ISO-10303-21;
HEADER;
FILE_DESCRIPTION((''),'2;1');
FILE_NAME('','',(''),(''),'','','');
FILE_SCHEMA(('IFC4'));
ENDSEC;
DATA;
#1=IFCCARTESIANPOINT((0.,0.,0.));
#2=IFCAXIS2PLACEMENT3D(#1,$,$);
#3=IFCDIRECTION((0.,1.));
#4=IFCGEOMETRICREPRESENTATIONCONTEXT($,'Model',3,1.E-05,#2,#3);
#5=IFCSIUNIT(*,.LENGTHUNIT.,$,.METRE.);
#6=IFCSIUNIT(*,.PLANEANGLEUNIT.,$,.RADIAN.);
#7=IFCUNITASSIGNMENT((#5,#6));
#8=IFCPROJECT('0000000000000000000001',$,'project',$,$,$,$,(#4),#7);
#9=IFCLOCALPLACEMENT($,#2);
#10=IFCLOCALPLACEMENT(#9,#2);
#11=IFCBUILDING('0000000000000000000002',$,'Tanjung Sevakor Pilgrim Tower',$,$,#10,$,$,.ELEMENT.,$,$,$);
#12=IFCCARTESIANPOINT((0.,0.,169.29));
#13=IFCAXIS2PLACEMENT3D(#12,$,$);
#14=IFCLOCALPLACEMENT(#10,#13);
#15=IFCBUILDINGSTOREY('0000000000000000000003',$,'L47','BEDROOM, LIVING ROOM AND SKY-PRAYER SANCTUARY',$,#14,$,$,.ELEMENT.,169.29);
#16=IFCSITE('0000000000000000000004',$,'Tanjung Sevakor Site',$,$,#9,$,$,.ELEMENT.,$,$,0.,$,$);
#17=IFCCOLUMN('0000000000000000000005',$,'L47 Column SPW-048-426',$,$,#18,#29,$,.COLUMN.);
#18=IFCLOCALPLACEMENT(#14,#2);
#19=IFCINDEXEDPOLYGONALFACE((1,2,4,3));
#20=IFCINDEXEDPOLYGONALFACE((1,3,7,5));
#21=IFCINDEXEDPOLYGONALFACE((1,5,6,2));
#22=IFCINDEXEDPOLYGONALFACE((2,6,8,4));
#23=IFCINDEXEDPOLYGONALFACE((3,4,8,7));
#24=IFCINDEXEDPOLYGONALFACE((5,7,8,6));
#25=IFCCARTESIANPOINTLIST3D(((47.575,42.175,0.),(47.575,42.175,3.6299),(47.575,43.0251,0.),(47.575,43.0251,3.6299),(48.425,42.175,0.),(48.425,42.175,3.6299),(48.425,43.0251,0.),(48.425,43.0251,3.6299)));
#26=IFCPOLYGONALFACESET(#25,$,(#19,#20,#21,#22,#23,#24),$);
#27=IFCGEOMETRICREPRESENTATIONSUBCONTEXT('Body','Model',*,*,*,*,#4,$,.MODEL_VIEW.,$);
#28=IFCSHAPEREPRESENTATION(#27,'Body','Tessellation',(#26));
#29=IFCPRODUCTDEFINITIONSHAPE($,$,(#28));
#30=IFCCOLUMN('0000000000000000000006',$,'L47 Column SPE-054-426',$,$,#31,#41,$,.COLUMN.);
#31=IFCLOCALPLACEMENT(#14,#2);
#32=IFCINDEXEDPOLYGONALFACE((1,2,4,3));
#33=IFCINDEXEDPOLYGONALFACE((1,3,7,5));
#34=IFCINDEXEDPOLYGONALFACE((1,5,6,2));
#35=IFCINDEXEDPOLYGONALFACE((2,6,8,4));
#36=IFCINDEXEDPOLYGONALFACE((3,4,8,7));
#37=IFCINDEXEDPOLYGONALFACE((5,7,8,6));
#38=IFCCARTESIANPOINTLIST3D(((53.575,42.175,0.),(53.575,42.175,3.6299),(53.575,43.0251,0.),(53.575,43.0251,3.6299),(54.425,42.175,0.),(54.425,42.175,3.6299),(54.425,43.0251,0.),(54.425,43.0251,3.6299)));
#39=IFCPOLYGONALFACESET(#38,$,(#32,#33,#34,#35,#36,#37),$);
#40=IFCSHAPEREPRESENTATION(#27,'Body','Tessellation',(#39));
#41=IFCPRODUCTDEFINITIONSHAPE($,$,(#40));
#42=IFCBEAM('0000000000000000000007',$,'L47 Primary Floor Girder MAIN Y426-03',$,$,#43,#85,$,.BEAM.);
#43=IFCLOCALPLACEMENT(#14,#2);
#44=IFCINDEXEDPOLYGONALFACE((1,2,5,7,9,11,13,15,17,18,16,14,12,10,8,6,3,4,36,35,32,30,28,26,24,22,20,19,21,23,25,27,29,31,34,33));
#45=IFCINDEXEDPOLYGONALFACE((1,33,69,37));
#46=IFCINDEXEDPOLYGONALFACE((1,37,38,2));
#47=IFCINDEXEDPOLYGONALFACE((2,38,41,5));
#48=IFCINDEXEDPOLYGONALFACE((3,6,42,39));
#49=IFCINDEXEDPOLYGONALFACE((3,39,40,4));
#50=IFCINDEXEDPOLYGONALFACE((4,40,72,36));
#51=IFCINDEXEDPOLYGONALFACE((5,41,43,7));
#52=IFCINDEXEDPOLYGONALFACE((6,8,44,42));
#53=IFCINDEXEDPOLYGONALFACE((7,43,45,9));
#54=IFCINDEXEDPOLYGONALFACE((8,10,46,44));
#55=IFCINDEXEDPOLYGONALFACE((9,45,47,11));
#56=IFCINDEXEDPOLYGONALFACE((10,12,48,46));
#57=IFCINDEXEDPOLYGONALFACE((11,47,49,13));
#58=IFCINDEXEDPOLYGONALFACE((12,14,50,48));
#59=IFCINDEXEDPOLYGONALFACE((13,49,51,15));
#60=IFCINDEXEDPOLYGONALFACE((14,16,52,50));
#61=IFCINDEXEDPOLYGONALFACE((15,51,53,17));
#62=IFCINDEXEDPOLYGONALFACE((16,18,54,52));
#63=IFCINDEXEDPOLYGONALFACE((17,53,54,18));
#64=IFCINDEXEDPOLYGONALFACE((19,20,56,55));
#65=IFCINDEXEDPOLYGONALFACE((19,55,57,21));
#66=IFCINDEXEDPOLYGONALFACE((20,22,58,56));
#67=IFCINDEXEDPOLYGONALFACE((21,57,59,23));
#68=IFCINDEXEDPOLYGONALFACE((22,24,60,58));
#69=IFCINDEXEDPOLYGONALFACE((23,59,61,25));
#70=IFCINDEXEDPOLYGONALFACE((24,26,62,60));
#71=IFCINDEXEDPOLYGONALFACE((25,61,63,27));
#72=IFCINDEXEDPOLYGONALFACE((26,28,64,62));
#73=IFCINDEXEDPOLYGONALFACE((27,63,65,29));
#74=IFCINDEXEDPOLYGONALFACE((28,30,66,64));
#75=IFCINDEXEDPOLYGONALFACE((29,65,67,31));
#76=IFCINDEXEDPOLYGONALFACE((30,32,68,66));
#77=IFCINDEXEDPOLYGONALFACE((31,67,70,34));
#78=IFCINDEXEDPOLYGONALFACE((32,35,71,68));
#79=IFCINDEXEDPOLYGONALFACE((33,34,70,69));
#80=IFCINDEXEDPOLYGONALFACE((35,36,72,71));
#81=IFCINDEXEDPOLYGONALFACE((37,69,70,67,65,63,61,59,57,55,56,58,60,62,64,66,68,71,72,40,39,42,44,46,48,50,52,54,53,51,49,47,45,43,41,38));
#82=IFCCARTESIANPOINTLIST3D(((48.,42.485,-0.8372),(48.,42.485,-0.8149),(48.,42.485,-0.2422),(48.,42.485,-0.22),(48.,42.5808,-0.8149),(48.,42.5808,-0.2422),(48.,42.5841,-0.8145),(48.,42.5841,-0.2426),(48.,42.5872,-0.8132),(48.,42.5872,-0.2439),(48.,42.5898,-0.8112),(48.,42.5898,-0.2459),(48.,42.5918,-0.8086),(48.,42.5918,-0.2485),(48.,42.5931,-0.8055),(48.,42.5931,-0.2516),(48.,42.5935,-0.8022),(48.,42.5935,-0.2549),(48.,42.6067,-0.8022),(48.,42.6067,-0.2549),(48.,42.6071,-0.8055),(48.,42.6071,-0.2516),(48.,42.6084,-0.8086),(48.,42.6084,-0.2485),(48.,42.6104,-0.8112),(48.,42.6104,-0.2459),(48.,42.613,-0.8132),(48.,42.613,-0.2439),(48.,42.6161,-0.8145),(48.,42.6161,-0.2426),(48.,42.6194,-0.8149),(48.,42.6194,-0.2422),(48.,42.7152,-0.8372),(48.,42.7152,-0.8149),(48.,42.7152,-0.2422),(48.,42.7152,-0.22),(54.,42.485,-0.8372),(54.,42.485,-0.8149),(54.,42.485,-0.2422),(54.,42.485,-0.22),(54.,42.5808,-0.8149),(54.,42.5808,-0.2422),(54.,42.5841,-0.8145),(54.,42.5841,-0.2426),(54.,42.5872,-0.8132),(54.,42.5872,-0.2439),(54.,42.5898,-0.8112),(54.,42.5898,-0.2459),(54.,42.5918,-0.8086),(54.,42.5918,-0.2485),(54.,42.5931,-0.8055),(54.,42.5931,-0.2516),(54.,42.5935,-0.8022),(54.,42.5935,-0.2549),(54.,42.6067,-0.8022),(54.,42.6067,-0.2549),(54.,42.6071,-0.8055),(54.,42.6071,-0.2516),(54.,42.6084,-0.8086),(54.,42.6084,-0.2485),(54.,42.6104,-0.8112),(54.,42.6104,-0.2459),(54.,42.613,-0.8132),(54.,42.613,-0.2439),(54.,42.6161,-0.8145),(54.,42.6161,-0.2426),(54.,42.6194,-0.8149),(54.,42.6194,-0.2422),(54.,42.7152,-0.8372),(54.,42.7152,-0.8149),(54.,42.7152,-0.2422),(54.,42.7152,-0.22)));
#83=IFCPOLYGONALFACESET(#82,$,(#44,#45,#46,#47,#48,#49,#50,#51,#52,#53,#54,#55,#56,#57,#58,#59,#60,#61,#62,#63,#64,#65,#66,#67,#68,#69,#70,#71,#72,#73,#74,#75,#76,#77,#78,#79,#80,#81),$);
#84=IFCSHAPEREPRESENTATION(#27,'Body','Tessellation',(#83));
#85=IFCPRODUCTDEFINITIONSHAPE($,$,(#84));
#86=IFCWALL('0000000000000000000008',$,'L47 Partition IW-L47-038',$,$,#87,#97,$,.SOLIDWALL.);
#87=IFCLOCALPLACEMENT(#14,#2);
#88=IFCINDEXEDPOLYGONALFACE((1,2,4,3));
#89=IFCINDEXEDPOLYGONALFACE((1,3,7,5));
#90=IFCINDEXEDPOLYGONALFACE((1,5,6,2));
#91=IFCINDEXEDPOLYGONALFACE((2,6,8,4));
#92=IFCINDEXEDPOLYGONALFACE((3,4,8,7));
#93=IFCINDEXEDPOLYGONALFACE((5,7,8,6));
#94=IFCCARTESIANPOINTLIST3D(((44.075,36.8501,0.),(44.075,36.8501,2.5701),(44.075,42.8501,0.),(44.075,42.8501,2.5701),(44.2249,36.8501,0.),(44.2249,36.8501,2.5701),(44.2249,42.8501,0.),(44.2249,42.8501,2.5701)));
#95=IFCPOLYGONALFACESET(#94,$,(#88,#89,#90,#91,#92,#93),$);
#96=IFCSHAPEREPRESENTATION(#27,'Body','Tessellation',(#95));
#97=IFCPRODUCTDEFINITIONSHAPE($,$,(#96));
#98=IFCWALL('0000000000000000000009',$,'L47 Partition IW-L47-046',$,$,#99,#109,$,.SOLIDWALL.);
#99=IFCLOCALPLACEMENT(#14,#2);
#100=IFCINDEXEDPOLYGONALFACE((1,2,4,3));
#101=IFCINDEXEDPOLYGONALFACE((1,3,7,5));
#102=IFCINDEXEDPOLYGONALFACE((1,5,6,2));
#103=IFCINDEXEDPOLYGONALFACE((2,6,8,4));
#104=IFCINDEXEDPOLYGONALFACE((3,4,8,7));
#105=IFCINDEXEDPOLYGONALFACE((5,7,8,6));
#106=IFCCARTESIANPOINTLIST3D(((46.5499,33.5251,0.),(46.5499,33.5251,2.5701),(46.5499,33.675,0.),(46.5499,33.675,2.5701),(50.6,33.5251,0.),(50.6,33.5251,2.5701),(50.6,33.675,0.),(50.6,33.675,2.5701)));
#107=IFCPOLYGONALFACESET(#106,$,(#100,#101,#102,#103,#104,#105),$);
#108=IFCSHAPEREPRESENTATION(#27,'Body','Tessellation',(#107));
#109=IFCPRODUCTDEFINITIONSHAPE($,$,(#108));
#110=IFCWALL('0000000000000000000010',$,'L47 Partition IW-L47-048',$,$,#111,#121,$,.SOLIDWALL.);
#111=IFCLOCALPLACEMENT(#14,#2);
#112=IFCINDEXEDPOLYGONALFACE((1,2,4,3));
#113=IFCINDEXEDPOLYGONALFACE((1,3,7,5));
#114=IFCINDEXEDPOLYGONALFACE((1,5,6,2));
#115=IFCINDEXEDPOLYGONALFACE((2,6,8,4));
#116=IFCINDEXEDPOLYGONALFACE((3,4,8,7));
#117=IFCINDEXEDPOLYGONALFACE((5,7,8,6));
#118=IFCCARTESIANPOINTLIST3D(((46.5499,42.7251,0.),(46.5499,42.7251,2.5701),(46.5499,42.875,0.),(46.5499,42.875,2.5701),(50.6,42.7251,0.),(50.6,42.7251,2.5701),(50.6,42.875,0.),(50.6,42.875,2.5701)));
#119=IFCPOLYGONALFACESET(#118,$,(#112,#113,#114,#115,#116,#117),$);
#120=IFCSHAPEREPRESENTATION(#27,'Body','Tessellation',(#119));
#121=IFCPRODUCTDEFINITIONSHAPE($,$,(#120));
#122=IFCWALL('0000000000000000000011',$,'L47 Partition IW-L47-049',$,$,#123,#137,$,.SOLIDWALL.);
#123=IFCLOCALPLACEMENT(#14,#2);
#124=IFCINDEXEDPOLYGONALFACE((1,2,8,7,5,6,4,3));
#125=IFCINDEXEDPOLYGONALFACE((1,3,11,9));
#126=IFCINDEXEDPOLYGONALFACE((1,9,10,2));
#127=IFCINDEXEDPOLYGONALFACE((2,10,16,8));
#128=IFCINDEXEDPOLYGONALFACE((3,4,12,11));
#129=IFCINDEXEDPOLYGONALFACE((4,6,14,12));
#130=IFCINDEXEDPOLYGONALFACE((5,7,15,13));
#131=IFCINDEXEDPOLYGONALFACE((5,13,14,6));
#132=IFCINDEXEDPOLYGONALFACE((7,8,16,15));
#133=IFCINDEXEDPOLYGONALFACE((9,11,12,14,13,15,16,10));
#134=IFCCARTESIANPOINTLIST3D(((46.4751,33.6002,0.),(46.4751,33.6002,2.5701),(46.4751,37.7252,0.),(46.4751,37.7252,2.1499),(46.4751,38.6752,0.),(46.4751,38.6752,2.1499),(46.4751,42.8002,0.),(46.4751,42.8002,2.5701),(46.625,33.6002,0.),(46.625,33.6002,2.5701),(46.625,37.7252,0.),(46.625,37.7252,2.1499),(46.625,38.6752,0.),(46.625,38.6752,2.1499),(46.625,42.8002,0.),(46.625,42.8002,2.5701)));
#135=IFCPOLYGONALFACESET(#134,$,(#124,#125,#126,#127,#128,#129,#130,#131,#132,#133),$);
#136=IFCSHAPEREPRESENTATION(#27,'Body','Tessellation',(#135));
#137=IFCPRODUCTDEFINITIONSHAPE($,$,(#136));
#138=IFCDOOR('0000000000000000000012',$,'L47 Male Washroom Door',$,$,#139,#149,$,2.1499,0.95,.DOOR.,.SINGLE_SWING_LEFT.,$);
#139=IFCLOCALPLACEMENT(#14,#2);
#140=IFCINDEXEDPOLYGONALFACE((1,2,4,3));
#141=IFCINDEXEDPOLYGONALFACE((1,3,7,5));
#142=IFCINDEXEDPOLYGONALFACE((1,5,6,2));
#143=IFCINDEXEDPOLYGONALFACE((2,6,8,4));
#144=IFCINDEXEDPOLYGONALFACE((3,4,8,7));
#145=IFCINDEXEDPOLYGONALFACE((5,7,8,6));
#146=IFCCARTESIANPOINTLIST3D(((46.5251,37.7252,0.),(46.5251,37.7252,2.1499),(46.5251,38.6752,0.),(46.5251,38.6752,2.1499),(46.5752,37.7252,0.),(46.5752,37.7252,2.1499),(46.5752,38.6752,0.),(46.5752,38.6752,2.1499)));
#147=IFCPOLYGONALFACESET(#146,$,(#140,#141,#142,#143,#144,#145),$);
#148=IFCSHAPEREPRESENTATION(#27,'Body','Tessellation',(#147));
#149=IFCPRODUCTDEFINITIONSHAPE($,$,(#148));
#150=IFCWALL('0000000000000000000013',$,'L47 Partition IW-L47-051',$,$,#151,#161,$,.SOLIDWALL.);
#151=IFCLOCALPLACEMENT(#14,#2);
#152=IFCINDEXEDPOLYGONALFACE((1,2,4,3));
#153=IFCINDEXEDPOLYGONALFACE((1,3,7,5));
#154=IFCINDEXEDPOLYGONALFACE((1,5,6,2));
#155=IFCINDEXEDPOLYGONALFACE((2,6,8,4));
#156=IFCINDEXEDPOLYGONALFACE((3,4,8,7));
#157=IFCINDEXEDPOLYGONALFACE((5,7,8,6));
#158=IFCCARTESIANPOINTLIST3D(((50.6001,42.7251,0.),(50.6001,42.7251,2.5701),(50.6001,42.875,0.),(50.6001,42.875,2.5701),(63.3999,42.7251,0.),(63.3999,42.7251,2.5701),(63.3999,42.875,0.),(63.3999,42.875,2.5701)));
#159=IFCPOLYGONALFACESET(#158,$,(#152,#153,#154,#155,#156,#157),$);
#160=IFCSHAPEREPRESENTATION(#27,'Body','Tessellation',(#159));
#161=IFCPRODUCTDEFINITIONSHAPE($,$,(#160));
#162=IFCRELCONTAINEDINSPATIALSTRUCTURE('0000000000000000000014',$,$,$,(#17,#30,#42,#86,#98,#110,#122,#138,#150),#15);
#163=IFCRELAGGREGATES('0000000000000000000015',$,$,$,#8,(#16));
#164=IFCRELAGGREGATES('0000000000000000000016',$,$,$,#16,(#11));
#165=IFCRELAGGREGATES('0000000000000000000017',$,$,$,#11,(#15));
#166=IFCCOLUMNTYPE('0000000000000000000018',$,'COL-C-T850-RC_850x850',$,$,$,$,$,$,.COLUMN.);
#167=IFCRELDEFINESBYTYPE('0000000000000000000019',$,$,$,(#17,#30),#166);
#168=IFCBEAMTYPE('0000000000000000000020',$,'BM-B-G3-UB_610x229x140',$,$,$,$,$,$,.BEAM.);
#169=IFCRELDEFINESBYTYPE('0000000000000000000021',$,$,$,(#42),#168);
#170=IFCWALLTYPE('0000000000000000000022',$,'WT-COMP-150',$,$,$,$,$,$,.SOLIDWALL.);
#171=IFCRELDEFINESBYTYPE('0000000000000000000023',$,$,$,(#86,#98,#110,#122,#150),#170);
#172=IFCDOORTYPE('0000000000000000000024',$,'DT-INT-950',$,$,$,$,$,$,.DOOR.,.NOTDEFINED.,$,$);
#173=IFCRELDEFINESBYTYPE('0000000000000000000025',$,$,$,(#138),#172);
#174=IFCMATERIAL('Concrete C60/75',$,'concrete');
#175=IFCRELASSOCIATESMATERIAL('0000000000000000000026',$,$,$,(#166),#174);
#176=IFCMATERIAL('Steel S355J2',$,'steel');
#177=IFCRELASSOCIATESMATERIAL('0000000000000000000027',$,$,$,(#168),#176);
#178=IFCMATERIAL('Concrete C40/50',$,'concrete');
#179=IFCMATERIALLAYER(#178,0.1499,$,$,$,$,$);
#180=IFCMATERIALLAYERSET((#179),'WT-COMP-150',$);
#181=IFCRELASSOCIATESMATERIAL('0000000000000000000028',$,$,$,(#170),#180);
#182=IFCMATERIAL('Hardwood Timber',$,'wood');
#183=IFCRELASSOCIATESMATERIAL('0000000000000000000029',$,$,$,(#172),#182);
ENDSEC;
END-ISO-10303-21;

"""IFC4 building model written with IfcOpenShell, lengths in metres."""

from ifc_helpers import new_model, si_unit, direction, frame, frame_2d, origin, origin_2d, place, context, subcontext, project, spatial, rectangle, i_section, extrude, material, layer, layer_set, material_profile, profile_set, type_object, element, fill, save


model = new_model("IFC4")

# Units and contexts
model_context = context("Model", 3, precision=1e-05, world=origin(), true_north=direction((0.0, 1.0)))
body_context = subcontext(model_context, "Body", "Model", "MODEL_VIEW")
ifc_project = project(units=[si_unit("LENGTHUNIT", "METRE"), si_unit("PLANEANGLEUNIT", "RADIAN")], contexts=[model_context])

# Site, building, storey
site_placement = place(None, origin())
site = spatial("IfcSite", under=ifc_project, at=site_placement, Name="Tanjung Sevakor Site", CompositionType="ELEMENT", RefElevation=0.0)
building_placement = place(site_placement, origin())
building = spatial("IfcBuilding", under=site, at=building_placement, Name="Tanjung Sevakor Pilgrim Tower", CompositionType="ELEMENT")
storey_placement = place(building_placement, frame((0.0, 0.0, 169.29)))
storey = spatial("IfcBuildingStorey", under=building, at=storey_placement, Name="L47", Description="BEDROOM, LIVING ROOM AND SKY-PRAYER SANCTUARY", CompositionType="ELEMENT", Elevation=169.29)

# Columns
ifc_material_1 = material(Name="Concrete C60/75", Category="concrete")
ifc_material_profile_1 = material_profile(ifc_material_1, rectangle(XDim=0.8501, YDim=0.8501, at=origin_2d()))
ifc_profile_set_1 = profile_set([ifc_material_profile_1], Name="Concrete C60/75")
column_type = type_object("IfcColumnType", Name="COL-C-T850-RC_850x850", PredefinedType="COLUMN", material=ifc_profile_set_1)
for number, where, z_axis, x_axis, name in (
    (1, (48.0, 42.6001, 0.0), (0.0, 0.0, 1.0), (1.0, 0.0, 0.0), "L47 Column SPW-048-426"),
    (2, (54.0, 42.6001, 0.0), (0.0, 0.0, 1.0), (1.0, 0.0, 0.0), "L47 Column SPE-054-426"),
):
    element("IfcColumn", number, at=place(storey_placement, frame(where, z_axis=z_axis, x_axis=x_axis)), inside=storey, type_object=column_type, Name=name, PredefinedType="COLUMN", context=body_context, shape_type="SweptSolid", body=[
        extrude(rectangle(XDim=0.8501, YDim=0.8501, at=origin_2d()), origin(), (0.0, 0.0, 1.0), 3.6299),
    ])

# Beam
ifc_material_2 = material(Name="Steel S355J2", Category="steel")
ifc_material_profile_2 = material_profile(ifc_material_2, i_section(OverallWidth=0.2302, OverallDepth=0.6172, WebThickness=0.0132, FlangeThickness=0.0222, FilletRadius=0.0127, at=origin_2d()))
ifc_profile_set_2 = profile_set([ifc_material_profile_2], Name="Steel S355J2")
beam_type = type_object("IfcBeamType", Name="BM-B-G3-UB_610x229x140", PredefinedType="BEAM", material=ifc_profile_set_2)
beam_placement = place(storey_placement, frame((48.0, 42.6001, -0.5286), z_axis=(1.0, 0.0, 0.0), x_axis=(0.0, 1.0, 0.0)))
element("IfcBeam", 3, at=beam_placement, inside=storey, type_object=beam_type, Name="L47 Primary Floor Girder MAIN Y426-03", PredefinedType="BEAM", context=body_context, shape_type="SweptSolid", body=[
    extrude(i_section(OverallWidth=0.2302, OverallDepth=0.6172, WebThickness=0.0132, FlangeThickness=0.0222, FilletRadius=0.0127, at=origin_2d()), origin(), (0.0, 0.0, 1.0), 6.0),
])

# Walls
ifc_material_3 = material(Name="Concrete C40/50", Category="concrete")
ifc_layer = layer(ifc_material_3, 0.1499)
ifc_layer_set = layer_set([ifc_layer], Name="WT-COMP-150")
wall_type = type_object("IfcWallType", Name="WT-COMP-150", PredefinedType="SOLIDWALL", material=ifc_layer_set)
wall_1_placement = place(storey_placement, frame((44.1499, 36.8501, 0.0), z_axis=(0.0, 0.0, 1.0), x_axis=(0.0, 1.0, 0.0)))
element("IfcWall", 4, at=wall_1_placement, inside=storey, type_object=wall_type, Name="L47 Partition IW-L47-038", PredefinedType="SOLIDWALL", context=body_context, shape_type="SweptSolid", body=[
    extrude(rectangle(XDim=6.0, YDim=0.1499, at=frame_2d((3.0, 0.0))), origin(), (0.0, 0.0, 1.0), 2.5701),
])
for number, where, z_axis, x_axis, name in (
    (5, (46.55, 33.6001, 0.0), (0.0, 0.0, 1.0), (1.0, 0.0, 0.0), "L47 Partition IW-L47-046"),
    (6, (46.55, 42.8, 0.0), (0.0, 0.0, 1.0), (1.0, 0.0, 0.0), "L47 Partition IW-L47-048"),
):
    element("IfcWall", number, at=place(storey_placement, frame(where, z_axis=z_axis, x_axis=x_axis)), inside=storey, type_object=wall_type, Name=name, PredefinedType="SOLIDWALL", context=body_context, shape_type="SweptSolid", body=[
        extrude(rectangle(XDim=4.05, YDim=0.1499, at=frame_2d((2.0249, 0.0))), origin(), (0.0, 0.0, 1.0), 2.5701),
    ])

# Wall, opening, door
wall_2_placement = place(storey_placement, frame((46.55, 33.6001, 0.0), z_axis=(0.0, 0.0, 1.0), x_axis=(0.0, 1.0, 0.0)))
wall_2 = element("IfcWall", 7, at=wall_2_placement, inside=storey, type_object=wall_type, Name="L47 Partition IW-L47-049", PredefinedType="SOLIDWALL", context=body_context, shape_type="SweptSolid", body=[
    extrude(rectangle(XDim=9.2, YDim=0.1499, at=frame_2d((4.6001, 0.0))), origin(), (0.0, 0.0, 1.0), 2.5701),
])
opening_1_placement = place(wall_2_placement, frame((4.125, 0.0, 0.0)))
opening_1 = element("IfcOpeningElement", 8, at=opening_1_placement, cuts=wall_2, PredefinedType="OPENING", context=body_context, shape_type="SweptSolid", body=[
    extrude(rectangle(XDim=0.95, YDim=2.1499, at=frame_2d((0.4751, 1.075))), frame((0.0, 0.085, 0.0), z_axis=(0.0, -1.0, 0.0), x_axis=(1.0, 0.0, 0.0)), (0.0, 0.0, 1.0), 0.1699),
])
ifc_material_4 = material(Name="Hardwood Timber", Category="wood")
door_type_1 = type_object("IfcDoorType", Name="DT-INT-950", OperationType="NOTDEFINED", PredefinedType="DOOR", material=ifc_material_4)
door_1_placement = place(opening_1_placement, origin())
door_1 = element("IfcDoor", 9, at=door_1_placement, inside=storey, type_object=door_type_1, Name="L47 Male Washroom Door", OperationType="SINGLE_SWING_LEFT", OverallHeight=2.1499, OverallWidth=0.95, PredefinedType="DOOR", context=body_context, shape_type="SweptSolid", body=[
    extrude(rectangle(XDim=0.95, YDim=2.1499, at=frame_2d((0.4751, 1.075))), frame((0.0, 0.0249, 0.0), z_axis=(0.0, -1.0, 0.0), x_axis=(1.0, 0.0, 0.0)), (0.0, 0.0, 1.0), 0.05),
])
fill(opening_1, door_1)

# Wall
wall_3_placement = place(storey_placement, frame((50.6001, 42.8, 0.0), z_axis=(0.0, 0.0, 1.0), x_axis=(1.0, 0.0, 0.0)))
element("IfcWall", 10, at=wall_3_placement, inside=storey, type_object=wall_type, Name="L47 Partition IW-L47-051", PredefinedType="SOLIDWALL", context=body_context, shape_type="SweptSolid", body=[
    extrude(rectangle(XDim=12.7998, YDim=0.1499, at=frame_2d((6.3999, 0.0))), origin(), (0.0, 0.0, 1.0), 2.5701),
])

save(model, "model.ifc")
